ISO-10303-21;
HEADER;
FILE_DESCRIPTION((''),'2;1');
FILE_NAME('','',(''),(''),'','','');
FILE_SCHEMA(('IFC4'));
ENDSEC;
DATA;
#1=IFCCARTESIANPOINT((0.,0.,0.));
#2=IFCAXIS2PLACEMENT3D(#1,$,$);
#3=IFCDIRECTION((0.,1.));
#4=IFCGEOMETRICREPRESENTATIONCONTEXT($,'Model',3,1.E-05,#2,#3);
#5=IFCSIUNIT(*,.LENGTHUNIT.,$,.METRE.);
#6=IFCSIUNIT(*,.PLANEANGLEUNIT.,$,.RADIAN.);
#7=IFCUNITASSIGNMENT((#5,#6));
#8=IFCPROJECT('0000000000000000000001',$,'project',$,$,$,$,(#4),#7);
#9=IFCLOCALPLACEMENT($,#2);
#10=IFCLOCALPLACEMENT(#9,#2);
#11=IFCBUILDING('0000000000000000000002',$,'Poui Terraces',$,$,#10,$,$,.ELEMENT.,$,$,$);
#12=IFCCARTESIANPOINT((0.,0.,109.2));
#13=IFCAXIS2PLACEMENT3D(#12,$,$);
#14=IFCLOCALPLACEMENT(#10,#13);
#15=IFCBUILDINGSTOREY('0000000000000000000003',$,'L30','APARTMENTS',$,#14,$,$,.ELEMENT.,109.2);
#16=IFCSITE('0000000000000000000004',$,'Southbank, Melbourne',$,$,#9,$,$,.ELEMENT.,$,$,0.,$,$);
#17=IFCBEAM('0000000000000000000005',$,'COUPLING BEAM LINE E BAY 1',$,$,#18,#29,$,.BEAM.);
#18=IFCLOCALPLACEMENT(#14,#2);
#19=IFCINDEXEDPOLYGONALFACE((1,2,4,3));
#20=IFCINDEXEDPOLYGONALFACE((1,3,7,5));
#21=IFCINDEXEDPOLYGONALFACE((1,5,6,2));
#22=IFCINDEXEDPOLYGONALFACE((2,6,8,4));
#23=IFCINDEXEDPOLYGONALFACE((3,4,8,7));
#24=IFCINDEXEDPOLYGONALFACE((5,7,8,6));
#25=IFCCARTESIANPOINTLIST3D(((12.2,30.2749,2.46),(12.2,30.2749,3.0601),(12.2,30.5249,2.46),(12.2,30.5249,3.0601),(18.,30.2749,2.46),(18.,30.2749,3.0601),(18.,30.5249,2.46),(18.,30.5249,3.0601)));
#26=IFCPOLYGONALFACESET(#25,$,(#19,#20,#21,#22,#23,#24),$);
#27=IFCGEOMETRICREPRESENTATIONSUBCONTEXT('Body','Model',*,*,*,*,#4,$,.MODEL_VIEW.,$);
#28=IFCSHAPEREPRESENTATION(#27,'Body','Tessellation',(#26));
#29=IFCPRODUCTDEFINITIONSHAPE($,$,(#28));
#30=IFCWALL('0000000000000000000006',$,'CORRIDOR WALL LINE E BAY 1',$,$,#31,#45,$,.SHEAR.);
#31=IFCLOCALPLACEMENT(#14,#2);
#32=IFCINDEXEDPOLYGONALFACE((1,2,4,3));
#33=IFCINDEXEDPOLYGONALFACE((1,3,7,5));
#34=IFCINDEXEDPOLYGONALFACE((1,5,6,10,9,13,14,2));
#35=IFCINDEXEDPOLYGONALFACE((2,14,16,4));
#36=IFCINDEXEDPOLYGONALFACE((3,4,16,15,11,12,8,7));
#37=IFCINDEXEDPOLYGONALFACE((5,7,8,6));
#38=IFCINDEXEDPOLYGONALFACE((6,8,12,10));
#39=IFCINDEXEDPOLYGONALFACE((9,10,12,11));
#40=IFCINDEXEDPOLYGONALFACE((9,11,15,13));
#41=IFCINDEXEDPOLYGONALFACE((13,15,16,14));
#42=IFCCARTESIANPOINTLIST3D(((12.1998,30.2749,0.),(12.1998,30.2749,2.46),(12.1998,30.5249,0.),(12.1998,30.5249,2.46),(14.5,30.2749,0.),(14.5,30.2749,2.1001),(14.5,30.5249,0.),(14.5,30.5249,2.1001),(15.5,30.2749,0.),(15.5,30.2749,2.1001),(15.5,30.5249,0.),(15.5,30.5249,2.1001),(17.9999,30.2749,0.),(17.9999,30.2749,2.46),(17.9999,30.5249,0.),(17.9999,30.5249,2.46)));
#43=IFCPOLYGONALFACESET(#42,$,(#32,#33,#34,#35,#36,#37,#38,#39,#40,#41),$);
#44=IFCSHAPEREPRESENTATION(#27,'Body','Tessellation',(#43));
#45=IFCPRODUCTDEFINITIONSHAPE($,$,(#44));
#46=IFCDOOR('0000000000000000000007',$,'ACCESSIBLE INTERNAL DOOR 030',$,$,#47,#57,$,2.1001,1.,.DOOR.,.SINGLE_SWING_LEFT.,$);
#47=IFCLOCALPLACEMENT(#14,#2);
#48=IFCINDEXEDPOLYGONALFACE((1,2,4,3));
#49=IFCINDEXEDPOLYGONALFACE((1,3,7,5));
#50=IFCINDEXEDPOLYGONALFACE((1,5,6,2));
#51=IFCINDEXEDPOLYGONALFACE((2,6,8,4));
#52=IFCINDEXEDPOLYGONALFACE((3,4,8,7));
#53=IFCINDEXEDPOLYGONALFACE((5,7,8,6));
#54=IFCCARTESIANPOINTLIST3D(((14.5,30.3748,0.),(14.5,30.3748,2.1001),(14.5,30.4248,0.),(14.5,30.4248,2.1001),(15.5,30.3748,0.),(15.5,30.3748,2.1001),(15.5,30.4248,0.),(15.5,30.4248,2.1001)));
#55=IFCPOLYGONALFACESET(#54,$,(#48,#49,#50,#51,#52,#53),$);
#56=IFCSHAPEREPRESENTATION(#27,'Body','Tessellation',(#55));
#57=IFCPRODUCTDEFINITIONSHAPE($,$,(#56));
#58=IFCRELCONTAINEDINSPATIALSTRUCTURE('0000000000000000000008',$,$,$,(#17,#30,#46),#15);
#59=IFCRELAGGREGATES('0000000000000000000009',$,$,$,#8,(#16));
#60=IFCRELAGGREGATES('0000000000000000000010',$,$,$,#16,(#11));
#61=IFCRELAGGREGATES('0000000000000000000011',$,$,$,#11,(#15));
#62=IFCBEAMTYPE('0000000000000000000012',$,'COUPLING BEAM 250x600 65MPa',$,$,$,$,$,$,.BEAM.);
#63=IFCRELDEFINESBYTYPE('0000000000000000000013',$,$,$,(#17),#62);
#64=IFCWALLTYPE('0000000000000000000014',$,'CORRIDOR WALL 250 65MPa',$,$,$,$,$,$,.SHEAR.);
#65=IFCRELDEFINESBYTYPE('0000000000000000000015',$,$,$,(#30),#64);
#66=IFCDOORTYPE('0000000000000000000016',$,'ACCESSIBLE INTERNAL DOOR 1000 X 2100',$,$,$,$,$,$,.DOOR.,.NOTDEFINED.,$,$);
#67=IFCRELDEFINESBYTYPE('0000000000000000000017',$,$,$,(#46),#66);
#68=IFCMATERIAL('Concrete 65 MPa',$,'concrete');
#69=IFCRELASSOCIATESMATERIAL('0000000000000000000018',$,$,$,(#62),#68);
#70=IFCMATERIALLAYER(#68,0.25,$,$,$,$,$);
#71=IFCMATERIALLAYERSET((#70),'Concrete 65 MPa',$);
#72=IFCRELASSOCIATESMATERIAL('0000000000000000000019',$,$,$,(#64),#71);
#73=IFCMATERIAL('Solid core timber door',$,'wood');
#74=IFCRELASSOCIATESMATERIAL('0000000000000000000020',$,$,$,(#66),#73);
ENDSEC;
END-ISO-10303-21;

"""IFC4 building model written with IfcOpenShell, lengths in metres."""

from ifc_helpers import new_model, si_unit, direction, frame, frame_2d, origin, origin_2d, place, context, subcontext, project, spatial, rectangle, extrude, source, transform, mapped, material, layer, layer_set, material_profile, profile_set, type_object, element, fill, save


model = new_model("IFC4")

# Units and contexts
model_context = context("Model", 3, precision=1e-05, world=origin(), true_north=direction((0.0, 1.0)))
body_context = subcontext(model_context, "Body", "Model", "MODEL_VIEW")
ifc_project = project(units=[si_unit("LENGTHUNIT", "METRE"), si_unit("PLANEANGLEUNIT", "RADIAN")], contexts=[model_context])

# Site, building, storey
site_placement = place(None, origin())
site = spatial("IfcSite", under=ifc_project, at=site_placement, Name="Southbank, Melbourne", CompositionType="ELEMENT", RefElevation=0.0)
building_placement = place(site_placement, origin())
building = spatial("IfcBuilding", under=site, at=building_placement, Name="Poui Terraces", CompositionType="ELEMENT")
storey_placement = place(building_placement, frame((0.0, 0.0, 109.2)))
storey = spatial("IfcBuildingStorey", under=building, at=storey_placement, Name="L30", Description="APARTMENTS", CompositionType="ELEMENT", Elevation=109.2)

# Beam
ifc_material_1 = material(Name="Concrete 65 MPa", Category="concrete")
ifc_material_profile = material_profile(ifc_material_1, rectangle(XDim=0.25, YDim=0.6001, at=origin_2d()), Name="RC 250x600")
ifc_profile_set = profile_set([ifc_material_profile], Name="Concrete 65 MPa")
beam_type = type_object("IfcBeamType", Name="COUPLING BEAM 250x600 65MPa", PredefinedType="BEAM", material=ifc_profile_set)
shared_shape = source(origin(), body_context, "Body", "SweptSolid", [
    extrude(rectangle(XDim=0.25, YDim=0.6001, at=origin_2d()), origin(), (0.0, 0.0, 1.0), 5.8),
])
beam_placement = place(storey_placement, frame((12.2, 30.3999, 2.76), z_axis=(1.0, 0.0, 0.0), x_axis=(0.0, 1.0, 0.0)))
element("IfcBeam", 1, at=beam_placement, inside=storey, type_object=beam_type, Name="COUPLING BEAM LINE E BAY 1", PredefinedType="BEAM", context=body_context, shape_type="MappedRepresentation", body=[
    mapped(shared_shape, transform((0.0, 0.0, 0.0))),
])

# Wall, opening, door
ifc_layer_1 = layer(ifc_material_1, 0.25)
ifc_layer_set_1 = layer_set([ifc_layer_1], Name="Concrete 65 MPa")
wall_type_1 = type_object("IfcWallType", Name="CORRIDOR WALL 250 65MPa", PredefinedType="SHEAR", material=ifc_layer_set_1)
wall_1_placement = place(storey_placement, frame((12.2, 30.3999, 0.0), z_axis=(0.0, 0.0, 1.0), x_axis=(1.0, 0.0, 0.0)))
wall_1 = element("IfcWall", 2, at=wall_1_placement, inside=storey, type_object=wall_type_1, Name="CORRIDOR WALL LINE E BAY 1", PredefinedType="SHEAR", context=body_context, shape_type="SweptSolid", body=[
    extrude(rectangle(XDim=5.8, YDim=0.25, at=frame_2d((2.8999, 0.0))), origin(), (0.0, 0.0, 1.0), 2.46),
])
opening_1_placement = place(wall_1_placement, frame((2.3, 0.0, 0.0)))
opening_1 = element("IfcOpeningElement", 3, at=opening_1_placement, cuts=wall_1, PredefinedType="OPENING", context=body_context, shape_type="SweptSolid", body=[
    extrude(rectangle(XDim=1.0, YDim=2.1001, at=frame_2d((0.5, 1.05))), frame((0.0, 0.135, 0.0), z_axis=(0.0, -1.0, 0.0), x_axis=(1.0, 0.0, 0.0)), (0.0, 0.0, 1.0), 0.27),
])
ifc_material_2 = material(Name="Solid core timber door", Category="wood")
door_type_1 = type_object("IfcDoorType", Name="ACCESSIBLE INTERNAL DOOR 1000 X 2100", OperationType="NOTDEFINED", PredefinedType="DOOR", material=ifc_material_2)
door_1_placement = place(opening_1_placement, origin())
door_1 = element("IfcDoor", 4, at=door_1_placement, inside=storey, type_object=door_type_1, Name="ACCESSIBLE INTERNAL DOOR 030", OperationType="SINGLE_SWING_LEFT", OverallHeight=2.1001, OverallWidth=1.0, PredefinedType="DOOR", context=body_context, shape_type="SweptSolid", body=[
    extrude(rectangle(XDim=1.0, YDim=2.1001, at=frame_2d((0.5, 1.05))), frame((0.0, 0.0249, 0.0), z_axis=(0.0, -1.0, 0.0), x_axis=(1.0, 0.0, 0.0)), (0.0, 0.0, 1.0), 0.05),
])
fill(opening_1, door_1)

save(model, "model.ifc")
